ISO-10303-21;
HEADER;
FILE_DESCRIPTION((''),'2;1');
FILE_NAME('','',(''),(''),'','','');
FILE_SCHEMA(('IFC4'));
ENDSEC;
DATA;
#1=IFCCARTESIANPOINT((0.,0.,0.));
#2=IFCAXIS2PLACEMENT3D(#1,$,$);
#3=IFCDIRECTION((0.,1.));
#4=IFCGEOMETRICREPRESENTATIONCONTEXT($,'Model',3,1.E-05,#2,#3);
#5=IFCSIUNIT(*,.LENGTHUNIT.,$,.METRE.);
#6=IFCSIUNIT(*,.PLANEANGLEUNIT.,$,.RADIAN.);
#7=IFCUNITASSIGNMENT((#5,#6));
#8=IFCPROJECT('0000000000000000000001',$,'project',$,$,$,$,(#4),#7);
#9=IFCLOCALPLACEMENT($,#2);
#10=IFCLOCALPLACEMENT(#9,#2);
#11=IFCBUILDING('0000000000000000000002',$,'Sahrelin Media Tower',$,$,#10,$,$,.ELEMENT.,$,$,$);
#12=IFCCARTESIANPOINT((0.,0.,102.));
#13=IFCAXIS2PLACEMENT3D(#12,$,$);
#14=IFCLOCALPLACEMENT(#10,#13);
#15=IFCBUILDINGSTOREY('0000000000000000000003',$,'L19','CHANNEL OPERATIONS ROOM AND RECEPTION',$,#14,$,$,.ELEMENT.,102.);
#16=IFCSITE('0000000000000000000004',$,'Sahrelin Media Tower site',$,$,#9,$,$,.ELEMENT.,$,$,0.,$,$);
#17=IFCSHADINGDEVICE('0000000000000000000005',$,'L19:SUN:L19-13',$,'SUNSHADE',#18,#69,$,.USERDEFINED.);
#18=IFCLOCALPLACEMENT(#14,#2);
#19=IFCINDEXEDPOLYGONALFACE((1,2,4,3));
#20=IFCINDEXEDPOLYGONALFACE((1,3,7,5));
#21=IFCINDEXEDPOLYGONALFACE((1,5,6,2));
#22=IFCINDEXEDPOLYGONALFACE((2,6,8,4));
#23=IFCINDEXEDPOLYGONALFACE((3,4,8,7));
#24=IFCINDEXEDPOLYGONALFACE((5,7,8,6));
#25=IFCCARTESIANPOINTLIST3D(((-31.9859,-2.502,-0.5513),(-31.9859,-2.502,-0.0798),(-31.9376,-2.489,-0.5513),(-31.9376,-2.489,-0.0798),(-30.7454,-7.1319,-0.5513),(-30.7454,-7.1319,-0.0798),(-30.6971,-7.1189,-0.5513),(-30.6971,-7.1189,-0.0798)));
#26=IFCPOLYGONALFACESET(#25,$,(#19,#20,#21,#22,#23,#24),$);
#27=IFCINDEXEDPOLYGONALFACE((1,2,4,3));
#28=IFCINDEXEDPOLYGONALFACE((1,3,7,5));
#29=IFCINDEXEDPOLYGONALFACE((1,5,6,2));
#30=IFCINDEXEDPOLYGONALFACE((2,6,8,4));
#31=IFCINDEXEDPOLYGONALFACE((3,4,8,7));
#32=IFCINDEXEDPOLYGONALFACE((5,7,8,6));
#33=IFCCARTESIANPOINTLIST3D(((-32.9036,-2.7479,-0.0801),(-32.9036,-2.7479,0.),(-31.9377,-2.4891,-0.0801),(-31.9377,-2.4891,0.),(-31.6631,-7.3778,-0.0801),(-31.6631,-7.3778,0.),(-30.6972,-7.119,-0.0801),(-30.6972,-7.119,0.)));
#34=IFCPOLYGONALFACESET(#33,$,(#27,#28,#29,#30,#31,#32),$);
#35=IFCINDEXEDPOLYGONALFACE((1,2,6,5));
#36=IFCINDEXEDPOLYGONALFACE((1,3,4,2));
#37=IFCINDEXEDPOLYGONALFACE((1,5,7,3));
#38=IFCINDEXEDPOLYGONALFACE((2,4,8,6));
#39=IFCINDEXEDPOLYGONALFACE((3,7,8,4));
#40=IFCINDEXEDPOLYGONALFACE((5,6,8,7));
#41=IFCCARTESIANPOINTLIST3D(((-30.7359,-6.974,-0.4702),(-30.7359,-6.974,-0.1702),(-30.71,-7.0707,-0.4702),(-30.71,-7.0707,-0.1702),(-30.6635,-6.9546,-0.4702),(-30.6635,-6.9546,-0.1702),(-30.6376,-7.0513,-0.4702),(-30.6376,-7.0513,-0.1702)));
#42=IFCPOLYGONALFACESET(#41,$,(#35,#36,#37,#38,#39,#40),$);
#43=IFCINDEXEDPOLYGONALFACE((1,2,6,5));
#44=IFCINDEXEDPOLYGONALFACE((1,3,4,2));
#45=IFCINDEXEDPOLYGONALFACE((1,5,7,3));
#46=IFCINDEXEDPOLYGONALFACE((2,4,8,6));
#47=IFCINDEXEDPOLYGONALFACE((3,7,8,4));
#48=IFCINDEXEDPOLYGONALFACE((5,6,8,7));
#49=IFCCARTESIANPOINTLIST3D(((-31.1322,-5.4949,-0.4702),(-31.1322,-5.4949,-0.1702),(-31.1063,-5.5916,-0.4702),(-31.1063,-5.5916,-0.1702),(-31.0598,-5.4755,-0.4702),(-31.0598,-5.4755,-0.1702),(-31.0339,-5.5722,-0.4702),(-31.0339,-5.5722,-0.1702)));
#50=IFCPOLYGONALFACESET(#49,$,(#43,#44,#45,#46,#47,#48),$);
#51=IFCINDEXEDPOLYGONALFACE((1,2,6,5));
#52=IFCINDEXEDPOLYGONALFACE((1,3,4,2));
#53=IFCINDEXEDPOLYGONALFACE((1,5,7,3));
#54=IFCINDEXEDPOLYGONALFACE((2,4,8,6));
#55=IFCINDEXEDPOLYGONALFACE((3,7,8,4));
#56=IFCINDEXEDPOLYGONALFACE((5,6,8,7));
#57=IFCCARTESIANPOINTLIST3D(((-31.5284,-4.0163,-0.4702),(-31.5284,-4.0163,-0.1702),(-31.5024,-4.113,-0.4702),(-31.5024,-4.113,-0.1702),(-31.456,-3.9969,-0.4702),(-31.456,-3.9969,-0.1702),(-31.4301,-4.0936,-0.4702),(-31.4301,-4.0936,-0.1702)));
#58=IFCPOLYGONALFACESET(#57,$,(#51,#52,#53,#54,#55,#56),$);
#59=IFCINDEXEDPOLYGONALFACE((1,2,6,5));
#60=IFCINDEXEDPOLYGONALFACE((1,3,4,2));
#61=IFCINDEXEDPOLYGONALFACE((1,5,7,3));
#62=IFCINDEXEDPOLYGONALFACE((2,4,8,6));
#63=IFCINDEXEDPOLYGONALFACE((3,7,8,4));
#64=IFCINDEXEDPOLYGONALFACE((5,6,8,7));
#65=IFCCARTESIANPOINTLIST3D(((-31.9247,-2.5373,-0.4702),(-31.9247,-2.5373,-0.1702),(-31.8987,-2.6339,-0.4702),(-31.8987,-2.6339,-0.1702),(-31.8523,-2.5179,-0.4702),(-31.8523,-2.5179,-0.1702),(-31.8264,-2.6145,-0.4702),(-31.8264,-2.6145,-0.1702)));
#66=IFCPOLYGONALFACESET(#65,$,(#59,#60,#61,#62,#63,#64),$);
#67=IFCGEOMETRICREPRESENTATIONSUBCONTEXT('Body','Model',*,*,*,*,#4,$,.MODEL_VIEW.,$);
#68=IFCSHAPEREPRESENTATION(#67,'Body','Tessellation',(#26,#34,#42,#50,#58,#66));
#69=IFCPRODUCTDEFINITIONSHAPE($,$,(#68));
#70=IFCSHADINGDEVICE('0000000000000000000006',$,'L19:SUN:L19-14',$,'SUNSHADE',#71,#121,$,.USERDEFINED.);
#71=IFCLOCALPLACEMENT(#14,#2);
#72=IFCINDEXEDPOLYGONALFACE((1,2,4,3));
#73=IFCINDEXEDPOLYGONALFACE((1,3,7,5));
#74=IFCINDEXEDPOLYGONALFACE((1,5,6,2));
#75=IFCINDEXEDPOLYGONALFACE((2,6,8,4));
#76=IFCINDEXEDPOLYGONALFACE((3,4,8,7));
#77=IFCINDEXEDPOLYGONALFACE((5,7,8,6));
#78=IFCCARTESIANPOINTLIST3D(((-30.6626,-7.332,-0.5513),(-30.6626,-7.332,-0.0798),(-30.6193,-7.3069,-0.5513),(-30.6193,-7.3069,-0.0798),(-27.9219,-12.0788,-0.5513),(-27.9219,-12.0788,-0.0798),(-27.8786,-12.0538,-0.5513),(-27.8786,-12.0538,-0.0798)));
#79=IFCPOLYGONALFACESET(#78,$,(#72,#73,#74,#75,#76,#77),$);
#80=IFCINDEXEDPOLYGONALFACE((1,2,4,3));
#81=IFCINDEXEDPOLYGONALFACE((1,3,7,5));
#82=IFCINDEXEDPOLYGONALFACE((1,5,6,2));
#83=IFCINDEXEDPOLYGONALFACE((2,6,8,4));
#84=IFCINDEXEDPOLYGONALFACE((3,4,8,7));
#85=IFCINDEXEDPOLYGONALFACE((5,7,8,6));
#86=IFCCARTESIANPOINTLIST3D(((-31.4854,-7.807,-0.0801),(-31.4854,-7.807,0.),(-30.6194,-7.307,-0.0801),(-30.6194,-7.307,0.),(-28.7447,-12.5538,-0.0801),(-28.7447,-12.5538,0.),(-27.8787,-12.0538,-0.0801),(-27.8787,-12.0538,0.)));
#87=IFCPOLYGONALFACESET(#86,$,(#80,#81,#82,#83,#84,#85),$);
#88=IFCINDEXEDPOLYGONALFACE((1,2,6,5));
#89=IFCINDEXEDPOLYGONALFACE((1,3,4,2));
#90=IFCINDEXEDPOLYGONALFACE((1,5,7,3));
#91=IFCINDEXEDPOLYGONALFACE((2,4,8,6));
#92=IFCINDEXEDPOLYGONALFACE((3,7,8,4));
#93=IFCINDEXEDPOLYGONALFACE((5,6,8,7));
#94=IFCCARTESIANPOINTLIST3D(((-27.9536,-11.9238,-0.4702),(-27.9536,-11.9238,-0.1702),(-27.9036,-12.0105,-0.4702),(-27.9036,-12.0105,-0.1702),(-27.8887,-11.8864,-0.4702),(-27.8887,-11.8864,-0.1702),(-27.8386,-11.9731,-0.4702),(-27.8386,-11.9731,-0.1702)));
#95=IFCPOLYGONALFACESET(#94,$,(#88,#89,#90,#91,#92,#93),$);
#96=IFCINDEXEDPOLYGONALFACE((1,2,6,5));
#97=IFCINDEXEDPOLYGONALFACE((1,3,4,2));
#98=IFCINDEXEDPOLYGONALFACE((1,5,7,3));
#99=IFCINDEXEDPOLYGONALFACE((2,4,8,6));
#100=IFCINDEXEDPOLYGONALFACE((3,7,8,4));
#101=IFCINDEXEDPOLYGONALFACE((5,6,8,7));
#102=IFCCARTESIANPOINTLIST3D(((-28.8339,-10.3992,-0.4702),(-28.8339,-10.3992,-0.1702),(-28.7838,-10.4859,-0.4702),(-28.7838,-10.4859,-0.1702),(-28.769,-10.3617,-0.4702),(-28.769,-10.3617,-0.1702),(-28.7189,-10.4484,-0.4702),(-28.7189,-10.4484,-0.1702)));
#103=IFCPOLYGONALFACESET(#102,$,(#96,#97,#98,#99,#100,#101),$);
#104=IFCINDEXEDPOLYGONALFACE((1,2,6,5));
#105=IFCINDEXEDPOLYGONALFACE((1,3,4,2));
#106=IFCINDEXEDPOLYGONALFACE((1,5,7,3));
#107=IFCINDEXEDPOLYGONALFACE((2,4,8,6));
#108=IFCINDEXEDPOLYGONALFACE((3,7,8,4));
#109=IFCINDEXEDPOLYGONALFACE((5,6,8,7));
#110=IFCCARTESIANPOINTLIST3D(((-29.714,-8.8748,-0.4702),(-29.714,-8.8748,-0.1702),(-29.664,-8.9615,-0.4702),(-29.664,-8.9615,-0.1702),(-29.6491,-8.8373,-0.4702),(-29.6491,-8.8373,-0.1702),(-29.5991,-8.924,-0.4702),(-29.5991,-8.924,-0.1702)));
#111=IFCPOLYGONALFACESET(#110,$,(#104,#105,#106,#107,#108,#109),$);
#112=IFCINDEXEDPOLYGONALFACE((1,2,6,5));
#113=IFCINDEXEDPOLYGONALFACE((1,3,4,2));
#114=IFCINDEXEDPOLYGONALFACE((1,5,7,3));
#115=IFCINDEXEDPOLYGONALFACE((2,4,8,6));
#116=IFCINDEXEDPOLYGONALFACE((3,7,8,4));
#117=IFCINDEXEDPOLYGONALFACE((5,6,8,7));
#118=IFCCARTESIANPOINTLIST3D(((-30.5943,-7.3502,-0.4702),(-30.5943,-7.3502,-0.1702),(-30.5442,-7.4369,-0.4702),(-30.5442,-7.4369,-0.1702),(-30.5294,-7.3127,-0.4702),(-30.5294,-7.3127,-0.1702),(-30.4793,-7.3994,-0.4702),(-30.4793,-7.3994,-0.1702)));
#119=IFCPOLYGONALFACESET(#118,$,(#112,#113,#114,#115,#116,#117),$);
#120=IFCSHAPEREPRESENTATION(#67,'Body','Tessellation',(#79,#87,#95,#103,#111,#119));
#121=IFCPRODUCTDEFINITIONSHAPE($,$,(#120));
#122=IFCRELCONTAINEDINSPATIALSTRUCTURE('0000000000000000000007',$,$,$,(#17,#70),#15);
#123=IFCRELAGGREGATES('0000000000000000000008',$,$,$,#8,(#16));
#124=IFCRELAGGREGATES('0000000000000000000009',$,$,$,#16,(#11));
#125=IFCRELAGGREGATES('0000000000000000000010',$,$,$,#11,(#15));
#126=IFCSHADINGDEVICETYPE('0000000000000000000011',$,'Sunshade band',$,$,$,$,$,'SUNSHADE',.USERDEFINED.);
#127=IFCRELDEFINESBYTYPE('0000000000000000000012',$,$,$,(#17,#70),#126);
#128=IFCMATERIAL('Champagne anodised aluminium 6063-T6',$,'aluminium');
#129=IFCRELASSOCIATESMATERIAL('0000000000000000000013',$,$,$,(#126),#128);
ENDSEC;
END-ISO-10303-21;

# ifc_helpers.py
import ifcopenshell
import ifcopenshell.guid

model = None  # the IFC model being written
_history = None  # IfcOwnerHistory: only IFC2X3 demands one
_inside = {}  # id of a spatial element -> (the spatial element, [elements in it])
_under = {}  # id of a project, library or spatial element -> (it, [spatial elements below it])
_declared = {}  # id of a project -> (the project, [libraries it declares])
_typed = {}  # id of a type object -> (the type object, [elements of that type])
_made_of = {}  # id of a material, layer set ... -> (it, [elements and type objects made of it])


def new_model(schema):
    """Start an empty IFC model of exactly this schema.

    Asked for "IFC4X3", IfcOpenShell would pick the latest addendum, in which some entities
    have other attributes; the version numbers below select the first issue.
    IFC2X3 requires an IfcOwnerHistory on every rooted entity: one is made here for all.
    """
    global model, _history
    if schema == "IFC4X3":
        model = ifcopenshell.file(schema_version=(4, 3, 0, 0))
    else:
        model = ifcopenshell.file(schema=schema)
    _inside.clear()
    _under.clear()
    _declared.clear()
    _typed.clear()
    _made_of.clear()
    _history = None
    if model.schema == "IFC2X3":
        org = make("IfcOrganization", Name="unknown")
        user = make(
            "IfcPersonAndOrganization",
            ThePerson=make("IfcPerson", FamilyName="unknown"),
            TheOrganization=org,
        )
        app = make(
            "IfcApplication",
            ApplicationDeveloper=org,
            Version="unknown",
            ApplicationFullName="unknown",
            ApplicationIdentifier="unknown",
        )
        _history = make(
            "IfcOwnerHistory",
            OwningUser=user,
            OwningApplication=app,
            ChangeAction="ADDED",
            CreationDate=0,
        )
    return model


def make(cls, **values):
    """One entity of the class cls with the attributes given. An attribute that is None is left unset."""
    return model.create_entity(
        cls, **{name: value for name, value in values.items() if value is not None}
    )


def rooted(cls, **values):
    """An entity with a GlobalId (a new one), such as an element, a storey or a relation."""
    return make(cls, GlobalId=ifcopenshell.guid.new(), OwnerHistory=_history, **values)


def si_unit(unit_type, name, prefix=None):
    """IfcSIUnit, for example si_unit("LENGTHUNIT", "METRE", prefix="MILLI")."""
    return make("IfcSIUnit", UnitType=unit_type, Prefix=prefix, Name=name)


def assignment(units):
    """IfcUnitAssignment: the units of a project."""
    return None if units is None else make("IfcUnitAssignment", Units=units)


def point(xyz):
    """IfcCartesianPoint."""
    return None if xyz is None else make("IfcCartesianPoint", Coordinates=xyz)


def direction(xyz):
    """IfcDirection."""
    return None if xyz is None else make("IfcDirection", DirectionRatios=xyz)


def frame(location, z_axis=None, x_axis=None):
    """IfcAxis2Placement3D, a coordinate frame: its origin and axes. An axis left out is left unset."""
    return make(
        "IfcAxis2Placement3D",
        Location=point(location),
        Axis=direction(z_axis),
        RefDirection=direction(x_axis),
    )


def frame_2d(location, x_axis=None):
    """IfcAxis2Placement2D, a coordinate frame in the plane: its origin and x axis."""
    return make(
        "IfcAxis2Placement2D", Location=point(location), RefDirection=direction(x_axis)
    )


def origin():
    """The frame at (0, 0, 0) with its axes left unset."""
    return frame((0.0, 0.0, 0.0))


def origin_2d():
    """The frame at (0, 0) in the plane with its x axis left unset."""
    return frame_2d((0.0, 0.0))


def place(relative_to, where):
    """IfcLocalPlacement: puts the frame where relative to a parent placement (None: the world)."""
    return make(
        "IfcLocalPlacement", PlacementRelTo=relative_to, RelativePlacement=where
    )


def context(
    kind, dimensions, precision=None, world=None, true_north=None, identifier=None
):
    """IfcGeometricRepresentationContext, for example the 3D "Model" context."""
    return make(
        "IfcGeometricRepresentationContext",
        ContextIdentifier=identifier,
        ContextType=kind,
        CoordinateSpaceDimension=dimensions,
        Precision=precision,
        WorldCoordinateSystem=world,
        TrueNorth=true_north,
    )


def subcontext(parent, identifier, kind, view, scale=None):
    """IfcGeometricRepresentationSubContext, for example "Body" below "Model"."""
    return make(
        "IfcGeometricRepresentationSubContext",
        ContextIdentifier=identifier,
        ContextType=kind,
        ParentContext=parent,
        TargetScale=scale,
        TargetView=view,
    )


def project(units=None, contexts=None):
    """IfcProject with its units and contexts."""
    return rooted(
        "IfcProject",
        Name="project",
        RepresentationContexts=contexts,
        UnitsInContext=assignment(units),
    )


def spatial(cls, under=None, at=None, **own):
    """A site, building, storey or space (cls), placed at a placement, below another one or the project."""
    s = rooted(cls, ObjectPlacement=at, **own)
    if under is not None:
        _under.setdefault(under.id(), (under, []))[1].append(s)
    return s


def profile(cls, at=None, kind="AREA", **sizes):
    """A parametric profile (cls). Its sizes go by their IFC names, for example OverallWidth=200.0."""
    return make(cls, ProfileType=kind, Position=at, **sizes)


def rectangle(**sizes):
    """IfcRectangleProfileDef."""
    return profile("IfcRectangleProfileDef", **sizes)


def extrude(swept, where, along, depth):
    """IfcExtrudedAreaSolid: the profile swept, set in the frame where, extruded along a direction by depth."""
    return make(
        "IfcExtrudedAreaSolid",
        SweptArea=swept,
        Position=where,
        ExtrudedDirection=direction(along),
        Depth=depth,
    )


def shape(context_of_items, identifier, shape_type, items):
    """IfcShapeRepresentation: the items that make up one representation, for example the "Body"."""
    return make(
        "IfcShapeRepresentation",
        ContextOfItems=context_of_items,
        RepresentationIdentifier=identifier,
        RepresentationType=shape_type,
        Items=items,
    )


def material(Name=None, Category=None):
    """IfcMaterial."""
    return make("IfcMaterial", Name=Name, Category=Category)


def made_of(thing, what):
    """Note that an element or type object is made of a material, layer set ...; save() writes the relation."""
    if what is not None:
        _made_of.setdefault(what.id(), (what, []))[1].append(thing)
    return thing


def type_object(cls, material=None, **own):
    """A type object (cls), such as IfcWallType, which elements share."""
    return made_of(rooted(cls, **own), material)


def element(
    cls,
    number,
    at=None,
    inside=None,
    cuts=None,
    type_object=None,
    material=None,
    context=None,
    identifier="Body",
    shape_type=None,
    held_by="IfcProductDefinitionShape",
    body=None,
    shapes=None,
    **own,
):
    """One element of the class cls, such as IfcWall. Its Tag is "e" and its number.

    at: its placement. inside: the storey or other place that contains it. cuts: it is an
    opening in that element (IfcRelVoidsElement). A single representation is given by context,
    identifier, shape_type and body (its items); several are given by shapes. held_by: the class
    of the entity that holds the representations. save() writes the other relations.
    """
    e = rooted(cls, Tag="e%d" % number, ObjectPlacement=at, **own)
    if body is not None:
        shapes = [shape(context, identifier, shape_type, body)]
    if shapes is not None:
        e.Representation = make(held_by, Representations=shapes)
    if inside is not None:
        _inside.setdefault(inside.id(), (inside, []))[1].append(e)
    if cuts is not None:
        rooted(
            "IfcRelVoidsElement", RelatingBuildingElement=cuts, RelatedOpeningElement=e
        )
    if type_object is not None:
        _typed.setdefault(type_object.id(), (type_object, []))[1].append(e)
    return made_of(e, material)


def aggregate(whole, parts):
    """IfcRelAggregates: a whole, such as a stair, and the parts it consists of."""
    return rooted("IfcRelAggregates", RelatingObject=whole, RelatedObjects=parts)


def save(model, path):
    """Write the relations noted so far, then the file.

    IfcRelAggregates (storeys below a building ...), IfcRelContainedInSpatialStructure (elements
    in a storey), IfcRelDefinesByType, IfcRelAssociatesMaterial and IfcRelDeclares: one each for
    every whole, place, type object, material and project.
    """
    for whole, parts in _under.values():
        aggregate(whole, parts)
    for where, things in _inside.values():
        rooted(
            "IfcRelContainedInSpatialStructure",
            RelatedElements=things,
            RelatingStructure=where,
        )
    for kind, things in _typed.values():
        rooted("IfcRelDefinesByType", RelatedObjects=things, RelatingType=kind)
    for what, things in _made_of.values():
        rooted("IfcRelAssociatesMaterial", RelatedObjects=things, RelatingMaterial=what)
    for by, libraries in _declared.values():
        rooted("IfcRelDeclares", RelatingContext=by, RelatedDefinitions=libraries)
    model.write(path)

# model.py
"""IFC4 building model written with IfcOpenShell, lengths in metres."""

from ifc_helpers import new_model, si_unit, direction, frame, origin, origin_2d, place, context, subcontext, project, spatial, rectangle, extrude, material, type_object, element, save


model = new_model("IFC4")

# Units and contexts
model_context = context("Model", 3, precision=1e-05, world=origin(), true_north=direction((0.0, 1.0)))
body_context = subcontext(model_context, "Body", "Model", "MODEL_VIEW")
ifc_project = project(units=[si_unit("LENGTHUNIT", "METRE"), si_unit("PLANEANGLEUNIT", "RADIAN")], contexts=[model_context])

# Site, building, storey
site_placement = place(None, origin())
site = spatial("IfcSite", under=ifc_project, at=site_placement, Name="Sahrelin Media Tower site", CompositionType="ELEMENT", RefElevation=0.0)
building_placement = place(site_placement, origin())
building = spatial("IfcBuilding", under=site, at=building_placement, Name="Sahrelin Media Tower", CompositionType="ELEMENT")
storey_placement = place(building_placement, frame((0.0, 0.0, 102.0)))
storey = spatial("IfcBuildingStorey", under=building, at=storey_placement, Name="L19", Description="CHANNEL OPERATIONS ROOM AND RECEPTION", CompositionType="ELEMENT", Elevation=102.0)

# Shared definitions
ifc_material_1 = material(Name="Champagne anodised aluminium 6063-T6", Category="aluminium")

# Shading devices
placement_1 = place(storey_placement, frame((-31.2981, -4.7988, 0.0), z_axis=(0.0, 0.0, 1.0), x_axis=(-0.258808, 0.965929, 0.0)))
placement_2 = place(storey_placement, frame((-29.2317, -9.6704, 0.0), z_axis=(0.0, 0.0, 1.0), x_axis=(-0.500011, 0.866019, 0.0)))
shading_device_type_1 = type_object("IfcShadingDeviceType", Name="Sunshade band", ElementType="SUNSHADE", PredefinedType="USERDEFINED", material=ifc_material_1)
element("IfcShadingDevice", 1, at=placement_1, inside=storey, type_object=shading_device_type_1, Name="L19:SUN:L19-13", ObjectType="SUNSHADE", PredefinedType="USERDEFINED", context=body_context, shape_type="SweptSolid", body=[
    extrude(rectangle(XDim=4.7932, YDim=0.05, at=origin_2d()), frame((0.0, 0.0449, -0.5513)), (0.0, 0.0, 1.0), 0.4714),
    extrude(rectangle(XDim=4.7932, YDim=1.0, at=origin_2d()), frame((0.0, 0.52, -0.0801)), (0.0, 0.0, 1.0), 0.0801),
    extrude(rectangle(XDim=0.1001, YDim=0.075, at=origin_2d()), frame((-2.2966, -0.0176, -0.4702)), (0.0, 0.0, 1.0), 0.3),
    extrude(rectangle(XDim=0.1001, YDim=0.075, at=origin_2d()), frame((-0.7654, -0.0176, -0.4702)), (0.0, 0.0, 1.0), 0.3),
    extrude(rectangle(XDim=0.1001, YDim=0.075, at=origin_2d()), frame((0.7654, -0.0176, -0.4702)), (0.0, 0.0, 1.0), 0.3),
    extrude(rectangle(XDim=0.1001, YDim=0.075, at=origin_2d()), frame((2.2966, -0.0176, -0.4702)), (0.0, 0.0, 1.0), 0.3),
])
element("IfcShadingDevice", 2, at=placement_2, inside=storey, type_object=shading_device_type_1, Name="L19:SUN:L19-14", ObjectType="SUNSHADE", PredefinedType="USERDEFINED", context=body_context, shape_type="SweptSolid", body=[
    extrude(rectangle(XDim=5.4812, YDim=0.05, at=origin_2d()), frame((0.0, 0.0449, -0.5513)), (0.0, 0.0, 1.0), 0.4714),
    extrude(rectangle(XDim=5.4812, YDim=1.0, at=origin_2d()), frame((0.0, 0.52, -0.0801)), (0.0, 0.0, 1.0), 0.0801),
    extrude(rectangle(XDim=0.1001, YDim=0.075, at=origin_2d()), frame((-2.6406, -0.0176, -0.4702)), (0.0, 0.0, 1.0), 0.3),
    extrude(rectangle(XDim=0.1001, YDim=0.075, at=origin_2d()), frame((-0.8801, -0.0176, -0.4702)), (0.0, 0.0, 1.0), 0.3),
    extrude(rectangle(XDim=0.1001, YDim=0.075, at=origin_2d()), frame((0.8801, -0.0176, -0.4702)), (0.0, 0.0, 1.0), 0.3),
    extrude(rectangle(XDim=0.1001, YDim=0.075, at=origin_2d()), frame((2.6406, -0.0176, -0.4702)), (0.0, 0.0, 1.0), 0.3),
])

save(model, "model.ifc")
